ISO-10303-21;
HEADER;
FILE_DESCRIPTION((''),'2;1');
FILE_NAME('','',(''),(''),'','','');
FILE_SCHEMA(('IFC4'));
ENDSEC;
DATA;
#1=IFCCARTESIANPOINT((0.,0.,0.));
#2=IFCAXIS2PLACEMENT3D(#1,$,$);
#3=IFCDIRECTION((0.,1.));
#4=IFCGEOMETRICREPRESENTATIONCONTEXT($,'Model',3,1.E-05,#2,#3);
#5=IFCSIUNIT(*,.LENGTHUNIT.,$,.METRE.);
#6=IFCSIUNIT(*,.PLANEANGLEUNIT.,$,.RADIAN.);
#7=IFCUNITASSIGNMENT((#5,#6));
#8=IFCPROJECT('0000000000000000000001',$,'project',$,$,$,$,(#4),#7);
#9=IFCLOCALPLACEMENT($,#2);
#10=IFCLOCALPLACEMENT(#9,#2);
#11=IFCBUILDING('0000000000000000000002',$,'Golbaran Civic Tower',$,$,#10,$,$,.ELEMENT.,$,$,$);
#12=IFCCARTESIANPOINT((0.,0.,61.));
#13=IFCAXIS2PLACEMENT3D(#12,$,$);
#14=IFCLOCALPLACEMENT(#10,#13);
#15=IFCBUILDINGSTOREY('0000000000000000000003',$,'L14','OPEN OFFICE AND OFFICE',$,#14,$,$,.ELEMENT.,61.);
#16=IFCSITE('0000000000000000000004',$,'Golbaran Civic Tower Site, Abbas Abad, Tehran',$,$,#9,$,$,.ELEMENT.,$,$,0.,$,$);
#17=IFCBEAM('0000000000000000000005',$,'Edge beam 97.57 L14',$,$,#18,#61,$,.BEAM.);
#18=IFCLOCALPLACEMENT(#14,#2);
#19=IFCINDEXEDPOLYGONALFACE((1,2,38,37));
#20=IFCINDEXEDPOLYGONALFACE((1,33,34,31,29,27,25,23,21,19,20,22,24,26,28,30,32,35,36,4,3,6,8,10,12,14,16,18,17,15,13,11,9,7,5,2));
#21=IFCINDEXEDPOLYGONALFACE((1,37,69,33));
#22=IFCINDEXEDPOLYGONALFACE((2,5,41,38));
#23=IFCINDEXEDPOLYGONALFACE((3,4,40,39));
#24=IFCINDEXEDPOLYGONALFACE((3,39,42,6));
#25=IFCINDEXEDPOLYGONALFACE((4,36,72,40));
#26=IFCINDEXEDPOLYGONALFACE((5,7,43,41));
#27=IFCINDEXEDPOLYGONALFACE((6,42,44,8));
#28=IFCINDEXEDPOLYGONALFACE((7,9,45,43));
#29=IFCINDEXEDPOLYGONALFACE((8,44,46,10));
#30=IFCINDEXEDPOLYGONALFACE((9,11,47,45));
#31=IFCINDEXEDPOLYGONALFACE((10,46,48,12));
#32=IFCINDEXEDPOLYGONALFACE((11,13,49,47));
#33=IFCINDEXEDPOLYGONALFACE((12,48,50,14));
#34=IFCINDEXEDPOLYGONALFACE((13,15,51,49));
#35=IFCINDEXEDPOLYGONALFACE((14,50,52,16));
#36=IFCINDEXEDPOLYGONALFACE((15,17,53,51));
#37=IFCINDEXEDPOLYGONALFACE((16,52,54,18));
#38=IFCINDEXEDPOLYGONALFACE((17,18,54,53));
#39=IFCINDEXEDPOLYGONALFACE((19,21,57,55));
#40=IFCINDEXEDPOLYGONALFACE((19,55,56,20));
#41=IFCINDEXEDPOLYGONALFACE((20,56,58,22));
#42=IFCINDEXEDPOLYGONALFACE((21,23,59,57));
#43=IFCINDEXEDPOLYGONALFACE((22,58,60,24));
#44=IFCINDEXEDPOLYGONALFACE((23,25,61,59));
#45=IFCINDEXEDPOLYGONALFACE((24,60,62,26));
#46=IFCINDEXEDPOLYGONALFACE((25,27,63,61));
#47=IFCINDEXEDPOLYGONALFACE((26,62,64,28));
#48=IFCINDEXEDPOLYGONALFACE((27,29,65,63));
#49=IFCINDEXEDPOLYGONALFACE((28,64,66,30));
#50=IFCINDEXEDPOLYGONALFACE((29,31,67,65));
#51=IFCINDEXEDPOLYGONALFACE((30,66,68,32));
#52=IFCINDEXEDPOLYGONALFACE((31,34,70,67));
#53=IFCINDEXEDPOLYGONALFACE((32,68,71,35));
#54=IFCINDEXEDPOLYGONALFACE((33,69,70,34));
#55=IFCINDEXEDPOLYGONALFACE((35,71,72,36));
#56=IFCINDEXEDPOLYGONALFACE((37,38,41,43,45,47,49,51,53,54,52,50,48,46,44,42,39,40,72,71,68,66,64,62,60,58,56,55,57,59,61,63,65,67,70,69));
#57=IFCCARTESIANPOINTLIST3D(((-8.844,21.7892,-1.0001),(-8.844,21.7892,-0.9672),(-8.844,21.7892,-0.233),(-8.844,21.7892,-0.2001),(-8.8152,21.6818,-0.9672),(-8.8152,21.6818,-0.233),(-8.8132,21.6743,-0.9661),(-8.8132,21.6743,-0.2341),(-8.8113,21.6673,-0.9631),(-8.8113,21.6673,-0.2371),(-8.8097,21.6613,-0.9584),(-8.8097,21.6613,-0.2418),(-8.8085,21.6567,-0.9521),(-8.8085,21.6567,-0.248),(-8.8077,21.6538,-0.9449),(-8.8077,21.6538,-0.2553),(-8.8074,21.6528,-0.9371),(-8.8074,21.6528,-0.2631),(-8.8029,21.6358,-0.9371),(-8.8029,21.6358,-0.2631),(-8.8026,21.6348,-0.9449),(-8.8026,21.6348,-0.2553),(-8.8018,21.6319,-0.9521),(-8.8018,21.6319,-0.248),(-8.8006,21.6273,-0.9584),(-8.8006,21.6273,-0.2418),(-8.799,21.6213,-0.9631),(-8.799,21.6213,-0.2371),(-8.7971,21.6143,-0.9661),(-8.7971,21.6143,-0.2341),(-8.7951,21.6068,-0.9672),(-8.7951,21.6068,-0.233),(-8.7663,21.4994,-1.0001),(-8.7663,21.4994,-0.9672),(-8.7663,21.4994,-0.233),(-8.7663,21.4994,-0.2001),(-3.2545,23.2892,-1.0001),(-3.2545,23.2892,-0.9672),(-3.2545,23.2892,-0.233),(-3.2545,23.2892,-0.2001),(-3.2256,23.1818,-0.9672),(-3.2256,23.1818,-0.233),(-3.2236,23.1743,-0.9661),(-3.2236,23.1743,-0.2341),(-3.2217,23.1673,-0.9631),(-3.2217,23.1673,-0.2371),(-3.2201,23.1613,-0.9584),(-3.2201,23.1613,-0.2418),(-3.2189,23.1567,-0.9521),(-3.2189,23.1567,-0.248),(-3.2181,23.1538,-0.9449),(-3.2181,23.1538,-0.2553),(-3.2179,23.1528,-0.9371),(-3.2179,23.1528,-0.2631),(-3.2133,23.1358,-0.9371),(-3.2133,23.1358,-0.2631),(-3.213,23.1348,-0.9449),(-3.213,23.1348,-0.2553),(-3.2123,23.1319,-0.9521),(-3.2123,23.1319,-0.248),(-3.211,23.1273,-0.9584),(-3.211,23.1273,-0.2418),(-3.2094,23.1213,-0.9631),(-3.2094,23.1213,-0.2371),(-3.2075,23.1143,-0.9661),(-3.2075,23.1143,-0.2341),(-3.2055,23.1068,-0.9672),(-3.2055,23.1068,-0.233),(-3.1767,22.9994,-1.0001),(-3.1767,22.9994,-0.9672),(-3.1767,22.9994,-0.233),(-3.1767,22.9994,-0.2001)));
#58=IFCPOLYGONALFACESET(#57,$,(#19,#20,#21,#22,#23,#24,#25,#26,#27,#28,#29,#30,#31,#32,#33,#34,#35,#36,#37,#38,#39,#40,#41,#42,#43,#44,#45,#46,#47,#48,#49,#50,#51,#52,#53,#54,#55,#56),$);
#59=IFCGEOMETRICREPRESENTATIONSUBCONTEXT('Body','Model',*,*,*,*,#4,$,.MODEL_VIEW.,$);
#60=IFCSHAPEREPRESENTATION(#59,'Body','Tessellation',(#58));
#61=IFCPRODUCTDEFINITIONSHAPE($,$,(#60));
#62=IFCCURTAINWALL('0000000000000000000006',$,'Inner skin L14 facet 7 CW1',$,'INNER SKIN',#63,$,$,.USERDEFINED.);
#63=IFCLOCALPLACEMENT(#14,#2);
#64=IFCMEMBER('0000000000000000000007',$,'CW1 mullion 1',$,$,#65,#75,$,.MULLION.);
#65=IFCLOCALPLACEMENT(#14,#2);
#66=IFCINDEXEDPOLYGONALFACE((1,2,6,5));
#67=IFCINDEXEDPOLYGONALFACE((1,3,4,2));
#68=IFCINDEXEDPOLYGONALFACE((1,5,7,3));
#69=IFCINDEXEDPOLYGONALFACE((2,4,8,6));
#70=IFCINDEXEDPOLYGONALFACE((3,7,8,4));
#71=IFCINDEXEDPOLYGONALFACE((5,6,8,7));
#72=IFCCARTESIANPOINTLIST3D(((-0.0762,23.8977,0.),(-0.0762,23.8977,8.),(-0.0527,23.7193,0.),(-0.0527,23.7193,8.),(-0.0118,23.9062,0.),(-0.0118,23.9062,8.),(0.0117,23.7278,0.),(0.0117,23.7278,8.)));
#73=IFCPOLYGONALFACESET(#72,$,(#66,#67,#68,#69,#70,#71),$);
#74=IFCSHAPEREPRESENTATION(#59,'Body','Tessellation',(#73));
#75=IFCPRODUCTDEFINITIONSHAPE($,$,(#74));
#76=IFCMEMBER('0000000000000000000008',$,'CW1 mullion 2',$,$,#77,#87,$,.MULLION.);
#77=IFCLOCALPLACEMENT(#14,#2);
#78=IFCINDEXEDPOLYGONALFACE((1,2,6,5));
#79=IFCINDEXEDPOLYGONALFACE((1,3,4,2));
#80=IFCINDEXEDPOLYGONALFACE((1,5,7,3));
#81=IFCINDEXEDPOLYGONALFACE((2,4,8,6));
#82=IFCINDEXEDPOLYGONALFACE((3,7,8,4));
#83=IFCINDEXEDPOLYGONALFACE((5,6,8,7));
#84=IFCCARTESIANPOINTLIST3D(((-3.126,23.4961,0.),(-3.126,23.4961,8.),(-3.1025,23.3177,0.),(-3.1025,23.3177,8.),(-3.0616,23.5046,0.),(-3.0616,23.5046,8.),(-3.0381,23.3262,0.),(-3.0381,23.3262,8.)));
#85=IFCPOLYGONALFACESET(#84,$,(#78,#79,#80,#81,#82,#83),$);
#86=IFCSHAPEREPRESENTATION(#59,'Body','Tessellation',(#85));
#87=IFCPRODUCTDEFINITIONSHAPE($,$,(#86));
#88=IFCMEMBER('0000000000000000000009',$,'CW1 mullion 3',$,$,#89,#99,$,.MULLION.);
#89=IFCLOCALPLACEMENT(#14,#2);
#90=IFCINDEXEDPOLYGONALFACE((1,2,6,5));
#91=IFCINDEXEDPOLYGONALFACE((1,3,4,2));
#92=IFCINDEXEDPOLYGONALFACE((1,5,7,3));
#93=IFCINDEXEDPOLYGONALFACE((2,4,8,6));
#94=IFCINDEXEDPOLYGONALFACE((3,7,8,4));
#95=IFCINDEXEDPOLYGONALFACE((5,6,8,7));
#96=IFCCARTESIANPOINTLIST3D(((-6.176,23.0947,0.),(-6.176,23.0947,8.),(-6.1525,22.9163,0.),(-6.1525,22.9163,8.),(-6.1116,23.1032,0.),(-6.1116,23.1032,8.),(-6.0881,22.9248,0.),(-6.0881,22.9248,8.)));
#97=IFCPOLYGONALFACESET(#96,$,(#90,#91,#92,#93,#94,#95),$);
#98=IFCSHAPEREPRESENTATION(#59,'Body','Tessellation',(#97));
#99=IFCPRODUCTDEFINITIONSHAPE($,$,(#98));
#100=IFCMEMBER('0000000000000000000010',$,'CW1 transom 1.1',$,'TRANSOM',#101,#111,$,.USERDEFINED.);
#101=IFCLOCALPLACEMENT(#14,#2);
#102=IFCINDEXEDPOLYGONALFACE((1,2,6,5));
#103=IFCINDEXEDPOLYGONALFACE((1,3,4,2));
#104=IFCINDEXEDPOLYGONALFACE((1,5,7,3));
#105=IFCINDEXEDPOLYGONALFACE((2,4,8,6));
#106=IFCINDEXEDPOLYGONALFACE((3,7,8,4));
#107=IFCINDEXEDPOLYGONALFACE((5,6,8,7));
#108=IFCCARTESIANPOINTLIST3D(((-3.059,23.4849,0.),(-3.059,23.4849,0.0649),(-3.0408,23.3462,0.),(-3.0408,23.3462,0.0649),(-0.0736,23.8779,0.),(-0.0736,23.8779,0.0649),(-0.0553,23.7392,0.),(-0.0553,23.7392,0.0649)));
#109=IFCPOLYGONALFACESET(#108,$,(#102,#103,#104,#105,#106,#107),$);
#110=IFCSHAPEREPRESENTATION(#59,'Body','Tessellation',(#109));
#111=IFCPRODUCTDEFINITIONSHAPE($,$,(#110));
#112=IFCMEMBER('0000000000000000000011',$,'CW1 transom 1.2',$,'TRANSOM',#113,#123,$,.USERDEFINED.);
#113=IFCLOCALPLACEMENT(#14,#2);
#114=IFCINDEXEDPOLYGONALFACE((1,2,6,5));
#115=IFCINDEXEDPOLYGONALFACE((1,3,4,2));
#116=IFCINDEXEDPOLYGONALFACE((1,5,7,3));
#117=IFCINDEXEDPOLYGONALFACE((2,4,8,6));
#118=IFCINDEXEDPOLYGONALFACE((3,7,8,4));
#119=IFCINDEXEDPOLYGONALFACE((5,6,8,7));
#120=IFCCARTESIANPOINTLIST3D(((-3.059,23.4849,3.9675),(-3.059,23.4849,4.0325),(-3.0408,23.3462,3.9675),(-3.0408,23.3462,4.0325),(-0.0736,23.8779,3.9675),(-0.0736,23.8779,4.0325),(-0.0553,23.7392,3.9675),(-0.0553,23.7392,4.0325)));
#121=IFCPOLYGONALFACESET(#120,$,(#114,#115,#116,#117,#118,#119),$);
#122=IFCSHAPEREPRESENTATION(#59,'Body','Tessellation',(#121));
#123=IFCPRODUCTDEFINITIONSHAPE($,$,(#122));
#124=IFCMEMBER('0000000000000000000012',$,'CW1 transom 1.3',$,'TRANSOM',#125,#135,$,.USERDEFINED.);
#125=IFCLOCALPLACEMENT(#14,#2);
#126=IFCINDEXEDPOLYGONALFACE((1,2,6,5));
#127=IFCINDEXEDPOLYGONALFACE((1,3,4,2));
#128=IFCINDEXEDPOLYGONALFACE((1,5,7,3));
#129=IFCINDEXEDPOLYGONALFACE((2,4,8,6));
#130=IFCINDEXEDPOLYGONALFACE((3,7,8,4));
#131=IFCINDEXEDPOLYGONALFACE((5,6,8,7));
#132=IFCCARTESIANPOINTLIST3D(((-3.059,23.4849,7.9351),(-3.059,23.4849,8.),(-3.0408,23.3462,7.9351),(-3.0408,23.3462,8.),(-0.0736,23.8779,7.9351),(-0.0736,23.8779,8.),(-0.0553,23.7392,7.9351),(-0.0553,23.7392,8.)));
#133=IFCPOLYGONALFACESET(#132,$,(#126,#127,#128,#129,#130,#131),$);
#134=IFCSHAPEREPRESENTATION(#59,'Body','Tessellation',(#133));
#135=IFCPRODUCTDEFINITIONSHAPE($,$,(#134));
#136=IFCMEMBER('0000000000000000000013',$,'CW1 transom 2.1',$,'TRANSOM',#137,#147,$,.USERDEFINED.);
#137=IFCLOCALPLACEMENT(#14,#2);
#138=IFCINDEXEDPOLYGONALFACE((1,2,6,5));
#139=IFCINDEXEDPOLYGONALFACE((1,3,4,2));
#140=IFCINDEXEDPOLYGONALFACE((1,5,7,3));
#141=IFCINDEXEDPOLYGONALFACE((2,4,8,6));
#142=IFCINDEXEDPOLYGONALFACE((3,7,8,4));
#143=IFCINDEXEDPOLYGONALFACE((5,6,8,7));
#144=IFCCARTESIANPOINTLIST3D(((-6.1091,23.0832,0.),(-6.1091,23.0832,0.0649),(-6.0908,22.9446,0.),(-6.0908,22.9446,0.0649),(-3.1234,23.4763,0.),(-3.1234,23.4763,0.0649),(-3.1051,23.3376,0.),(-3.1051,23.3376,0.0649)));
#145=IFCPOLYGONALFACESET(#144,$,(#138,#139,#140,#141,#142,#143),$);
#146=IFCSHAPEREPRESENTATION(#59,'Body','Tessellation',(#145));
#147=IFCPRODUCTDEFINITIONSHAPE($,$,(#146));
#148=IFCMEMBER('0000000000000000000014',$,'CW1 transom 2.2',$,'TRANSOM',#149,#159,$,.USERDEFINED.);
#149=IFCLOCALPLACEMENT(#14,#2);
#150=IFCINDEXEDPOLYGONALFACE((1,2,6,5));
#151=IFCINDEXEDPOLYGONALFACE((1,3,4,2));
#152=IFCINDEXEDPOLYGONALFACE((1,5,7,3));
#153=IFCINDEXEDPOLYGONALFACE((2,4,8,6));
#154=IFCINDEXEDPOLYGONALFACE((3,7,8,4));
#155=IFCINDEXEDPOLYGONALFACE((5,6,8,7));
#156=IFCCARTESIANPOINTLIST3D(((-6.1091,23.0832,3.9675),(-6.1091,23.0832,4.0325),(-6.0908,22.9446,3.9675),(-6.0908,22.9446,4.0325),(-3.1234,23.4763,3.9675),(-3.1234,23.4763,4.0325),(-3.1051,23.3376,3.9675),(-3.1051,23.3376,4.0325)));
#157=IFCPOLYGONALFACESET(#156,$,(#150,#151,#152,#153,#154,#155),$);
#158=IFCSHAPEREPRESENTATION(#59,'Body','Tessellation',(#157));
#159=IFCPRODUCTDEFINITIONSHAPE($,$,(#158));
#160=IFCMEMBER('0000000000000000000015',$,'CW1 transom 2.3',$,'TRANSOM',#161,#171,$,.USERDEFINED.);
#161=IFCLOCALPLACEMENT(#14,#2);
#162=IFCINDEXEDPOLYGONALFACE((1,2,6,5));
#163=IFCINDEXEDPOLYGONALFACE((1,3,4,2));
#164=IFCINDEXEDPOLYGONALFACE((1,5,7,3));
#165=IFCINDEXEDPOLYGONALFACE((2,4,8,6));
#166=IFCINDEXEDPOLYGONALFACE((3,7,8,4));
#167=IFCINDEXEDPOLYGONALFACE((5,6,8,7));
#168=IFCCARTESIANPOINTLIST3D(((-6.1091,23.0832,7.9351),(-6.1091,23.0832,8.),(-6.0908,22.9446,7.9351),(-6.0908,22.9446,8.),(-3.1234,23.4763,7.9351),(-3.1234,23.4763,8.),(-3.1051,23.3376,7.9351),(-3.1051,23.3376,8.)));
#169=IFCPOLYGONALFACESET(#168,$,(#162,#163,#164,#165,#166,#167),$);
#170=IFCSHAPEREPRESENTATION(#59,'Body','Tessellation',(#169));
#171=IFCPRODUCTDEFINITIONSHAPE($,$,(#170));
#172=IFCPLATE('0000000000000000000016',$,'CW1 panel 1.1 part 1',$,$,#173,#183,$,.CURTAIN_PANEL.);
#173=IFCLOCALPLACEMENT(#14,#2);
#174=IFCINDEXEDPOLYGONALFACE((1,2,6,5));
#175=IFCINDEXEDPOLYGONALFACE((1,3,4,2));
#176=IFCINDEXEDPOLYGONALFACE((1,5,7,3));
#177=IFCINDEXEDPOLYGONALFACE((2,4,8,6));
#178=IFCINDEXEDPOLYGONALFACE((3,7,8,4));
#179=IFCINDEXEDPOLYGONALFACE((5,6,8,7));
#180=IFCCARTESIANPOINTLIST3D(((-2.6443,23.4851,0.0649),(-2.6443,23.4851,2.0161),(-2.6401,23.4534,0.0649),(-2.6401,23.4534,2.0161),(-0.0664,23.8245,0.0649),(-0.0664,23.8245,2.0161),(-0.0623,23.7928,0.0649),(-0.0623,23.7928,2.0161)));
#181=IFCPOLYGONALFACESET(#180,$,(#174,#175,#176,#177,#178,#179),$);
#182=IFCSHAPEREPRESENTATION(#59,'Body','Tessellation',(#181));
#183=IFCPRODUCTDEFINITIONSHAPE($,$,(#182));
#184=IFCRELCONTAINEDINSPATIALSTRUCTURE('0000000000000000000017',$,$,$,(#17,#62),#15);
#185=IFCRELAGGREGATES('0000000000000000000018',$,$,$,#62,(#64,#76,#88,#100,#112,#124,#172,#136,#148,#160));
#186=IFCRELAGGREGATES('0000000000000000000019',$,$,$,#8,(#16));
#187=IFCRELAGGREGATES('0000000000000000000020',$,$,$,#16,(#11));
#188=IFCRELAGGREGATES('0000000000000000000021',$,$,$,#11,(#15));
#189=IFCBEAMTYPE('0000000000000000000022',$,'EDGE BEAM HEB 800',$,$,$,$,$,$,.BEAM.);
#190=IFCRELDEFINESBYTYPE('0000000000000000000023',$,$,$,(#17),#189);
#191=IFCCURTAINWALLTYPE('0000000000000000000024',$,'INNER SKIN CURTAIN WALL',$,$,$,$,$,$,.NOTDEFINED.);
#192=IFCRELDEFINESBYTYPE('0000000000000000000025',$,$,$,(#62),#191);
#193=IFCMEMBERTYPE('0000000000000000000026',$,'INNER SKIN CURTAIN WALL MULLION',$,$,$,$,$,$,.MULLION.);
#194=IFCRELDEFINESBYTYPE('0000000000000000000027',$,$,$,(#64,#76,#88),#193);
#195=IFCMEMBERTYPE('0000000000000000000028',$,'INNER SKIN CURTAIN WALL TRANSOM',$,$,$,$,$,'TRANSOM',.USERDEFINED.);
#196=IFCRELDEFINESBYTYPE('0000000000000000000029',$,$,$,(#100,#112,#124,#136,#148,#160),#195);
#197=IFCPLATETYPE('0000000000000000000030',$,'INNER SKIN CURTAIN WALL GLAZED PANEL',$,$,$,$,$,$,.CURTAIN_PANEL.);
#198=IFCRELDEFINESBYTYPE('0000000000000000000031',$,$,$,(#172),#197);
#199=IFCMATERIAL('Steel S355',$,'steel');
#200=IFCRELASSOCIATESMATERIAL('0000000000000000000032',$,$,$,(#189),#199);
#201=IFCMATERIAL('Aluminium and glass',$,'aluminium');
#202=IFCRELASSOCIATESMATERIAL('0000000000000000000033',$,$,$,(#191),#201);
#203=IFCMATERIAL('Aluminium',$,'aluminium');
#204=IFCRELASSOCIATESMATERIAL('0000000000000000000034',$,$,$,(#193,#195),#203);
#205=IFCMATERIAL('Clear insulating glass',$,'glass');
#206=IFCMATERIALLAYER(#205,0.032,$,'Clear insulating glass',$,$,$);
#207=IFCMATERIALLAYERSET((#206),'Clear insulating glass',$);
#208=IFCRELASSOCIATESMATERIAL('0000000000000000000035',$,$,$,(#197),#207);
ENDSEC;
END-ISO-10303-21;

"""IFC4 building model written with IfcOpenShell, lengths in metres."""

from ifc_helpers import new_model, si_unit, direction, frame, origin, origin_2d, place, context, subcontext, project, spatial, rectangle, i_section, extrude, material, layer, layer_set, material_profile, profile_set, type_object, element, aggregate, save


model = new_model("IFC4")

# Units and contexts
model_context = context("Model", 3, precision=1e-05, world=origin(), true_north=direction((0.0, 1.0)))
body_context = subcontext(model_context, "Body", "Model", "MODEL_VIEW")
ifc_project = project(units=[si_unit("LENGTHUNIT", "METRE"), si_unit("PLANEANGLEUNIT", "RADIAN")], contexts=[model_context])

# Site, building, storey
site_placement = place(None, origin())
site = spatial("IfcSite", under=ifc_project, at=site_placement, Name="Golbaran Civic Tower Site, Abbas Abad, Tehran", CompositionType="ELEMENT", RefElevation=0.0)
building_placement = place(site_placement, origin())
building = spatial("IfcBuilding", under=site, at=building_placement, Name="Golbaran Civic Tower", CompositionType="ELEMENT")
storey_placement = place(building_placement, frame((0.0, 0.0, 61.0)))
storey = spatial("IfcBuildingStorey", under=building, at=storey_placement, Name="L14", Description="OPEN OFFICE AND OFFICE", CompositionType="ELEMENT", Elevation=61.0)

# Beam
ifc_material_1 = material(Name="Steel S355", Category="steel")
ifc_material_profile_1 = material_profile(ifc_material_1, i_section(OverallWidth=0.3, OverallDepth=0.8, WebThickness=0.0176, FlangeThickness=0.033, FilletRadius=0.03, at=origin_2d()), Name="HEB 800")
ifc_profile_set_1 = profile_set([ifc_material_profile_1], Name="Steel S355")
beam_type = type_object("IfcBeamType", Name="EDGE BEAM HEB 800", PredefinedType="BEAM", material=ifc_profile_set_1)
beam_placement = place(storey_placement, frame((-3.2156, 23.1443, -0.6001), z_axis=(-0.965828, -0.259185, 0.0), x_axis=(0.259185, -0.965828, 0.0)))
element("IfcBeam", 1, at=beam_placement, inside=storey, type_object=beam_type, Name="Edge beam 97.57 L14", PredefinedType="BEAM", context=body_context, shape_type="SweptSolid", body=[
    extrude(i_section(OverallWidth=0.3, OverallDepth=0.8, WebThickness=0.0176, FlangeThickness=0.033, FilletRadius=0.03, at=origin_2d()), origin(), (0.0, 0.0, 1.0), 5.7874),
])

# Curtain wall, members, plate
ifc_material_2 = material(Name="Aluminium and glass", Category="aluminium")
curtain_wall_type = type_object("IfcCurtainWallType", Name="INNER SKIN CURTAIN WALL", PredefinedType="NOTDEFINED", material=ifc_material_2)
curtain_wall_placement = place(storey_placement, origin())
curtain_wall = element("IfcCurtainWall", 2, at=curtain_wall_placement, inside=storey, type_object=curtain_wall_type, Name="Inner skin L14 facet 7 CW1", ObjectType="INNER SKIN", PredefinedType="USERDEFINED")
ifc_material_3 = material(Name="Aluminium", Category="aluminium")
ifc_material_profile_2 = material_profile(ifc_material_3, rectangle(XDim=0.1799, YDim=0.0649, at=origin_2d()), Name="INNER SKIN CURTAIN WALL MULLION")
ifc_profile_set_2 = profile_set([ifc_material_profile_2], Name="Aluminium")
member_type_1 = type_object("IfcMemberType", Name="INNER SKIN CURTAIN WALL MULLION", PredefinedType="MULLION", material=ifc_profile_set_2)
member_1_placement = place(storey_placement, frame((-0.0322, 23.8127, 0.0), z_axis=(0.0, 0.0, 1.0), x_axis=(0.130526, -0.991445, 0.0)))
member_1 = element("IfcMember", 3, at=member_1_placement, type_object=member_type_1, Name="CW1 mullion 1", PredefinedType="MULLION", context=body_context, shape_type="SweptSolid", body=[
    extrude(rectangle(XDim=0.1799, YDim=0.0649, at=origin_2d()), origin(), (0.0, 0.0, 1.0), 8.0),
])
member_2_placement = place(storey_placement, frame((-3.082, 23.4111, 0.0), z_axis=(0.0, 0.0, 1.0), x_axis=(0.130526, -0.991445, 0.0)))
member_2 = element("IfcMember", 4, at=member_2_placement, type_object=member_type_1, Name="CW1 mullion 2", PredefinedType="MULLION", context=body_context, shape_type="SweptSolid", body=[
    extrude(rectangle(XDim=0.1799, YDim=0.0649, at=origin_2d()), origin(), (0.0, 0.0, 1.0), 8.0),
])
member_3_placement = place(storey_placement, frame((-6.1321, 23.0098, 0.0), z_axis=(0.0, 0.0, 1.0), x_axis=(0.130526, -0.991445, 0.0)))
member_3 = element("IfcMember", 5, at=member_3_placement, type_object=member_type_1, Name="CW1 mullion 3", PredefinedType="MULLION", context=body_context, shape_type="SweptSolid", body=[
    extrude(rectangle(XDim=0.1799, YDim=0.0649, at=origin_2d()), origin(), (0.0, 0.0, 1.0), 8.0),
])
ifc_material_profile_3 = material_profile(ifc_material_3, rectangle(XDim=0.1399, YDim=0.0649, at=origin_2d()), Name="INNER SKIN CURTAIN WALL TRANSOM")
ifc_profile_set_3 = profile_set([ifc_material_profile_3], Name="Aluminium")
member_type_2 = type_object("IfcMemberType", Name="INNER SKIN CURTAIN WALL TRANSOM", ElementType="TRANSOM", PredefinedType="USERDEFINED", material=ifc_profile_set_3)
member_4_placement = place(storey_placement, frame((-0.0645, 23.8086, 0.0325), z_axis=(-0.991443, -0.130538, 0.0), x_axis=(0.130538, -0.991443, 0.0)))
member_4 = element("IfcMember", 6, at=member_4_placement, type_object=member_type_2, Name="CW1 transom 1.1", ObjectType="TRANSOM", PredefinedType="USERDEFINED", context=body_context, shape_type="SweptSolid", body=[
    extrude(rectangle(XDim=0.1399, YDim=0.0649, at=origin_2d()), origin(), (0.0, 0.0, 1.0), 3.0112),
])
member_5_placement = place(storey_placement, frame((-0.0645, 23.8086, 4.0), z_axis=(-0.991443, -0.130538, 0.0), x_axis=(0.130538, -0.991443, 0.0)))
member_5 = element("IfcMember", 7, at=member_5_placement, type_object=member_type_2, Name="CW1 transom 1.2", ObjectType="TRANSOM", PredefinedType="USERDEFINED", context=body_context, shape_type="SweptSolid", body=[
    extrude(rectangle(XDim=0.1399, YDim=0.0649, at=origin_2d()), origin(), (0.0, 0.0, 1.0), 3.0112),
])
member_6_placement = place(storey_placement, frame((-0.0645, 23.8086, 7.9675), z_axis=(-0.991443, -0.130538, 0.0), x_axis=(0.130538, -0.991443, 0.0)))
member_6 = element("IfcMember", 8, at=member_6_placement, type_object=member_type_2, Name="CW1 transom 1.3", ObjectType="TRANSOM", PredefinedType="USERDEFINED", context=body_context, shape_type="SweptSolid", body=[
    extrude(rectangle(XDim=0.1399, YDim=0.0649, at=origin_2d()), origin(), (0.0, 0.0, 1.0), 3.0112),
])
member_7_placement = place(storey_placement, frame((-3.1143, 23.407, 0.0325), z_axis=(-0.991445, -0.130528, 0.0), x_axis=(0.130528, -0.991445, 0.0)))
member_7 = element("IfcMember", 9, at=member_7_placement, type_object=member_type_2, Name="CW1 transom 2.1", ObjectType="TRANSOM", PredefinedType="USERDEFINED", context=body_context, shape_type="SweptSolid", body=[
    extrude(rectangle(XDim=0.1399, YDim=0.0649, at=origin_2d()), origin(), (0.0, 0.0, 1.0), 3.0115),
])
member_8_placement = place(storey_placement, frame((-3.1143, 23.407, 4.0), z_axis=(-0.991445, -0.130528, 0.0), x_axis=(0.130528, -0.991445, 0.0)))
member_8 = element("IfcMember", 10, at=member_8_placement, type_object=member_type_2, Name="CW1 transom 2.2", ObjectType="TRANSOM", PredefinedType="USERDEFINED", context=body_context, shape_type="SweptSolid", body=[
    extrude(rectangle(XDim=0.1399, YDim=0.0649, at=origin_2d()), origin(), (0.0, 0.0, 1.0), 3.0115),
])
member_9_placement = place(storey_placement, frame((-3.1143, 23.407, 7.9675), z_axis=(-0.991445, -0.130528, 0.0), x_axis=(0.130528, -0.991445, 0.0)))
member_9 = element("IfcMember", 11, at=member_9_placement, type_object=member_type_2, Name="CW1 transom 2.3", ObjectType="TRANSOM", PredefinedType="USERDEFINED", context=body_context, shape_type="SweptSolid", body=[
    extrude(rectangle(XDim=0.1399, YDim=0.0649, at=origin_2d()), origin(), (0.0, 0.0, 1.0), 3.0115),
])
ifc_material_4 = material(Name="Clear insulating glass", Category="glass")
ifc_layer_1 = layer(ifc_material_4, 0.032, Name="Clear insulating glass")
ifc_layer_set_1 = layer_set([ifc_layer_1], Name="Clear insulating glass")
plate_type_1 = type_object("IfcPlateType", Name="INNER SKIN CURTAIN WALL GLAZED PANEL", PredefinedType="CURTAIN_PANEL", material=ifc_layer_set_1)
plate_1_placement = place(storey_placement, frame((-1.3533, 23.6389, 0.0649), z_axis=(0.0, 0.0, 1.0), x_axis=(-0.991445, -0.130526, 0.0)))
plate_1 = element("IfcPlate", 12, at=plate_1_placement, type_object=plate_type_1, Name="CW1 panel 1.1 part 1", PredefinedType="CURTAIN_PANEL", context=body_context, shape_type="SweptSolid", body=[
    extrude(rectangle(XDim=2.6001, YDim=0.032, at=origin_2d()), origin(), (0.0, 0.0, 1.0), 1.9512),
])
aggregate(curtain_wall, [member_1, member_2, member_3, member_4, member_5, member_6, plate_1, member_7, member_8, member_9])

save(model, "model.ifc")
